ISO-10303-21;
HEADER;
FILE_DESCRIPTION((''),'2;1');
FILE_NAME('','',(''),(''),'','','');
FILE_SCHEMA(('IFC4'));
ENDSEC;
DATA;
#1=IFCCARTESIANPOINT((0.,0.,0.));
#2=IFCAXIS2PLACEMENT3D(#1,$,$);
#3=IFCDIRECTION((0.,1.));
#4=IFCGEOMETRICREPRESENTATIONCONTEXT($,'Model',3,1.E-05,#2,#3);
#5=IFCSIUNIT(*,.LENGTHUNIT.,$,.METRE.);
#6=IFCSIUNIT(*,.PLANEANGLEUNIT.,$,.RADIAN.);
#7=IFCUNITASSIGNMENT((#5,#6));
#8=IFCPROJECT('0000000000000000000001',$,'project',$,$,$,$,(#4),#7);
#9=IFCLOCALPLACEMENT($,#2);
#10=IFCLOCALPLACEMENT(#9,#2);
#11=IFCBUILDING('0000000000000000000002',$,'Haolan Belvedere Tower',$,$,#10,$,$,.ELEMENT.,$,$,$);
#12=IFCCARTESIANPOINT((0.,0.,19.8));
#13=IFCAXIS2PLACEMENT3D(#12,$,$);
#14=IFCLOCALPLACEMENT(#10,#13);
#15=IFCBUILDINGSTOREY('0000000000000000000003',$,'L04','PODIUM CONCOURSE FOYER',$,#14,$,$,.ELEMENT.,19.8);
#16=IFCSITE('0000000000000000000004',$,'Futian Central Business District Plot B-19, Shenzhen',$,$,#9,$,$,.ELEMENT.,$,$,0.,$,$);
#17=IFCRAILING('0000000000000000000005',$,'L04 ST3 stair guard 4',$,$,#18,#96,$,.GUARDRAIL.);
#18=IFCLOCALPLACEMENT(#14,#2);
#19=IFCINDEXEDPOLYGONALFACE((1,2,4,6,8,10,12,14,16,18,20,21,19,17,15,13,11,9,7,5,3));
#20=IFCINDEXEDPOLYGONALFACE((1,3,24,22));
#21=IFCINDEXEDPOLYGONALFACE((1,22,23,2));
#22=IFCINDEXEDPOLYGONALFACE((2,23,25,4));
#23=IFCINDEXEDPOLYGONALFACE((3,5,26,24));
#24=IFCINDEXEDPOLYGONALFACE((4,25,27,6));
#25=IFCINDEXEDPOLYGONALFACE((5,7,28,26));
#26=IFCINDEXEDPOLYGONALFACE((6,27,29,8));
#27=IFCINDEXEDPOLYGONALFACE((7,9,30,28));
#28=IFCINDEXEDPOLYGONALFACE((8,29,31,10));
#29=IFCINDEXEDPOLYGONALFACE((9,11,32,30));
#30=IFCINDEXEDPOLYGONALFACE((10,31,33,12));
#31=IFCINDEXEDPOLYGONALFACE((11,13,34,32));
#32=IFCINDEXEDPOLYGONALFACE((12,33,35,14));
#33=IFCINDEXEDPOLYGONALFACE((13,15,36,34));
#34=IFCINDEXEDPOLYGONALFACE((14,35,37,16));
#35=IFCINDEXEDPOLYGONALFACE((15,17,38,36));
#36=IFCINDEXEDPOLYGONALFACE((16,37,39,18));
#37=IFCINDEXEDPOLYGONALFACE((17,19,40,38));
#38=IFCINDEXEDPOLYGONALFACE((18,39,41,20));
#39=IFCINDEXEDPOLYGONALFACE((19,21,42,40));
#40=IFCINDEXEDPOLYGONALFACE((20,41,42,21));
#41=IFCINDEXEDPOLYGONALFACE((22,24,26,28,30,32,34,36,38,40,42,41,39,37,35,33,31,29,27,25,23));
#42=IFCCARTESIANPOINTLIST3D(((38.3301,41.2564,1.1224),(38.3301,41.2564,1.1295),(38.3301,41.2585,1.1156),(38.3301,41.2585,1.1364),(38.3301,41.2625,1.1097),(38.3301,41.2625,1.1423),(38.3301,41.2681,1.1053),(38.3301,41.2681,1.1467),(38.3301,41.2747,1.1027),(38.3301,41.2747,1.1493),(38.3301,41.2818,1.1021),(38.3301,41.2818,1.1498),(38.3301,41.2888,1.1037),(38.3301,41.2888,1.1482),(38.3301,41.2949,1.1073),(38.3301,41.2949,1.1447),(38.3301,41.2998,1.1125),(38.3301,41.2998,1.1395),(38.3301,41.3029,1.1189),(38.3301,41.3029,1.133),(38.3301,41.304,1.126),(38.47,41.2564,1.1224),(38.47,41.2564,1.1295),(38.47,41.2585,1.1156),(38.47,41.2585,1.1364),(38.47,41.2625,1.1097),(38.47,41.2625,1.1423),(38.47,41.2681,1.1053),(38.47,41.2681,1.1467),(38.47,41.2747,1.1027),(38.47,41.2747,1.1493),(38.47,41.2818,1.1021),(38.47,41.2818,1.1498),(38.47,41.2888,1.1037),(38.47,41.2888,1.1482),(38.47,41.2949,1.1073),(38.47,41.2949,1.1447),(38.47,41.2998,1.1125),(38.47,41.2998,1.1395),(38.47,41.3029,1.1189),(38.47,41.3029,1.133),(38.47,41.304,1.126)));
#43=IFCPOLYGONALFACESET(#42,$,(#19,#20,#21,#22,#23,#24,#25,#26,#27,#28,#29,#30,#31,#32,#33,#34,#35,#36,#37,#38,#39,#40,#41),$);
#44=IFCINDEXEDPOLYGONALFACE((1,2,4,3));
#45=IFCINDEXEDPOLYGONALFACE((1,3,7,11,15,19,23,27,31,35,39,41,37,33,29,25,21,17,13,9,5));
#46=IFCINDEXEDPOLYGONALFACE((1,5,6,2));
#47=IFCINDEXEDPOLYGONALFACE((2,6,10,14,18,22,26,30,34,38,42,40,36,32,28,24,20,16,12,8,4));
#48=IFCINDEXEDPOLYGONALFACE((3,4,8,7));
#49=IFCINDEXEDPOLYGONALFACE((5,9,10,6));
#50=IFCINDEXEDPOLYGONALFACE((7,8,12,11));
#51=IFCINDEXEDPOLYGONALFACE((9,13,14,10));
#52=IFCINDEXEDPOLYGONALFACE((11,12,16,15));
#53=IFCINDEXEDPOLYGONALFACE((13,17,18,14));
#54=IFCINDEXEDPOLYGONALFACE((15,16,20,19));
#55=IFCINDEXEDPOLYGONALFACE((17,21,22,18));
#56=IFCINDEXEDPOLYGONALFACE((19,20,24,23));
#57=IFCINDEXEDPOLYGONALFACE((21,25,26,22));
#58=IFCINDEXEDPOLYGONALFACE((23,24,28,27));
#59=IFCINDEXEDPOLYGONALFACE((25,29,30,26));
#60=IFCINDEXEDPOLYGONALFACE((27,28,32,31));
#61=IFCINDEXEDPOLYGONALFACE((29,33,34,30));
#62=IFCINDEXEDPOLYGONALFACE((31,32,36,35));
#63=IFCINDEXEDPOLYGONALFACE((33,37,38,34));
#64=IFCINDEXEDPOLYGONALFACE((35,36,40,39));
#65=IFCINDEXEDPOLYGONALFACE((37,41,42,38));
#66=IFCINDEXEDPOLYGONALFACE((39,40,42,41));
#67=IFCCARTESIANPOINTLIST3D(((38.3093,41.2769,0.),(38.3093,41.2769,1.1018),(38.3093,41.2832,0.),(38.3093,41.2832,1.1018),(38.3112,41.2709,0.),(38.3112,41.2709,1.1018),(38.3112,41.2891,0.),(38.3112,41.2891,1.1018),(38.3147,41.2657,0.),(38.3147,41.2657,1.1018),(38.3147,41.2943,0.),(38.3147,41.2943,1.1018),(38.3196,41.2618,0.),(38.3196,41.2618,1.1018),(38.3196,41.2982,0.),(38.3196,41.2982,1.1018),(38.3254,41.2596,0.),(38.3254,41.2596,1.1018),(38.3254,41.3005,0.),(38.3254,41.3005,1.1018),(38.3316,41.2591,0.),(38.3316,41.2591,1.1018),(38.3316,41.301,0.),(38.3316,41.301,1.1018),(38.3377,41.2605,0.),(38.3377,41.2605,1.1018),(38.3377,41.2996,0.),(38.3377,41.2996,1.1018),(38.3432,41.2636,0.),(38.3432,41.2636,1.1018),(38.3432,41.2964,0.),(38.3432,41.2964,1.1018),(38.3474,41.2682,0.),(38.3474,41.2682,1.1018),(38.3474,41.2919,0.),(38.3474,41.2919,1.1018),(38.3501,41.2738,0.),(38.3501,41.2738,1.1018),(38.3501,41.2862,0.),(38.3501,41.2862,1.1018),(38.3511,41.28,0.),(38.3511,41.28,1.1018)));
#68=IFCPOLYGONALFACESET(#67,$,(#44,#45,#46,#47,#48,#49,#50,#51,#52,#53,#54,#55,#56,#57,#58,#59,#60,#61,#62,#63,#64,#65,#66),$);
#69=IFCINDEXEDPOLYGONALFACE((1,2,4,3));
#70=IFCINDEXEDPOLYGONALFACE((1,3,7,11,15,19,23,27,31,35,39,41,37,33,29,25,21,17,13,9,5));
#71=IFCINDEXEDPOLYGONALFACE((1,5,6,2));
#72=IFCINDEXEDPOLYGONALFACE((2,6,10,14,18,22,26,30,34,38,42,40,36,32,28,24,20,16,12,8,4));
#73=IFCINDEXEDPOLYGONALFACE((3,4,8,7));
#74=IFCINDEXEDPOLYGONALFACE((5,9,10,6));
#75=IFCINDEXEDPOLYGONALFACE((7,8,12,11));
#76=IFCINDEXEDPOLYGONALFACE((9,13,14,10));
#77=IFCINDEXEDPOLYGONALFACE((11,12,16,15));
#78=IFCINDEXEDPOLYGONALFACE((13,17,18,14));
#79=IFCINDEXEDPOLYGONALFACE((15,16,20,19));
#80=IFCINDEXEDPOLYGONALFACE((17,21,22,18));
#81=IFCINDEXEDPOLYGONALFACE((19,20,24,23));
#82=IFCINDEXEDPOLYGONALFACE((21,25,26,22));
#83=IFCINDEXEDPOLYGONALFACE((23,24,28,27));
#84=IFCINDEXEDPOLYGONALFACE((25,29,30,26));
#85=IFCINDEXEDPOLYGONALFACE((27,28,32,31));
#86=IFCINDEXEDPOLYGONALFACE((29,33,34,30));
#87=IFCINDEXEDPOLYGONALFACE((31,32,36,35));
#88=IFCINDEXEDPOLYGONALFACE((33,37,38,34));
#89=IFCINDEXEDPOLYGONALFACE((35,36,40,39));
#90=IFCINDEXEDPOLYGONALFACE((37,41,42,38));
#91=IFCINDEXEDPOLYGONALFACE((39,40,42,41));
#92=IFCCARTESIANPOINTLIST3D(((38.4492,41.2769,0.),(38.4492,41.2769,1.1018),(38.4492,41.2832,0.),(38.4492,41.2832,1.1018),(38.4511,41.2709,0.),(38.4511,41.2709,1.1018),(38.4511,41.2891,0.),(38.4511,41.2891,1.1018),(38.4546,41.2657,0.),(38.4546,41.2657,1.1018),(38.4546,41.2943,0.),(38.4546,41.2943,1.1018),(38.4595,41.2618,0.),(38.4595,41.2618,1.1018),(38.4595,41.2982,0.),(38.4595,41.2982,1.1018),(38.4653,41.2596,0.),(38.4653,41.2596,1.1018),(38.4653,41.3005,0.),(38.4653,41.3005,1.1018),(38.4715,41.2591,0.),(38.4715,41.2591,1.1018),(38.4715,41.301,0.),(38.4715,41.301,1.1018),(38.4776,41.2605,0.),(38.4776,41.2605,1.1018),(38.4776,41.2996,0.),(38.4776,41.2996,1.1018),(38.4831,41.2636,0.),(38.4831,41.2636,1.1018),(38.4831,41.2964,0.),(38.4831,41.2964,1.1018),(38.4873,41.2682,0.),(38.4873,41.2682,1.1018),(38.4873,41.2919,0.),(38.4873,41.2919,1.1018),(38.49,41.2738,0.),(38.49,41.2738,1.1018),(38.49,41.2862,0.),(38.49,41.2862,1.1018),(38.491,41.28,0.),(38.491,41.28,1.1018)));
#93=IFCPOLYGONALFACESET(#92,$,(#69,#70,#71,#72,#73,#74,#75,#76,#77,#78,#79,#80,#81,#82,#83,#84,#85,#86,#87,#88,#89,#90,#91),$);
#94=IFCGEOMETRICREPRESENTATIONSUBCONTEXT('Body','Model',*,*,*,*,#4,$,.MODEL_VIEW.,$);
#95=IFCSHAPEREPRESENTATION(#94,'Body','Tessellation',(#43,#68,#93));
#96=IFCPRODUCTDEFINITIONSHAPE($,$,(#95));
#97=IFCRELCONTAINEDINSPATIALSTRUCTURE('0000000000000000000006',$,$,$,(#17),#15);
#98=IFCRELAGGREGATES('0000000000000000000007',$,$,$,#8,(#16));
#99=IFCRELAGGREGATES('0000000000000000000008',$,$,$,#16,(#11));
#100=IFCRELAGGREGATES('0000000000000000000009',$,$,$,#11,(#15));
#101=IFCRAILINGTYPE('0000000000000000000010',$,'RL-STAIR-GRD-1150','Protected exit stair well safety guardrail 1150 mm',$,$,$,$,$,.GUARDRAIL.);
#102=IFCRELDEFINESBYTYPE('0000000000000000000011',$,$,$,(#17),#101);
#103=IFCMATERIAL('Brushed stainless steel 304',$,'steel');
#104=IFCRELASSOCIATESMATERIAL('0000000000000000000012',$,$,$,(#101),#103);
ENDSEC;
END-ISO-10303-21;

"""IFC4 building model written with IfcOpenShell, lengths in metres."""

from ifc_helpers import new_model, si_unit, direction, frame, origin, origin_2d, place, context, subcontext, project, spatial, circle, extrude, material, type_object, element, save


model = new_model("IFC4")

# Units and contexts
model_context = context("Model", 3, precision=1e-05, world=origin(), true_north=direction((0.0, 1.0)))
body_context = subcontext(model_context, "Body", "Model", "MODEL_VIEW")
ifc_project = project(units=[si_unit("LENGTHUNIT", "METRE"), si_unit("PLANEANGLEUNIT", "RADIAN")], contexts=[model_context])

# Site, building, storey
site_placement = place(None, origin())
site = spatial("IfcSite", under=ifc_project, at=site_placement, Name="Futian Central Business District Plot B-19, Shenzhen", CompositionType="ELEMENT", RefElevation=0.0)
building_placement = place(site_placement, origin())
building = spatial("IfcBuilding", under=site, at=building_placement, Name="Haolan Belvedere Tower", CompositionType="ELEMENT")
storey_placement = place(building_placement, frame((0.0, 0.0, 19.8)))
storey = spatial("IfcBuildingStorey", under=building, at=storey_placement, Name="L04", Description="PODIUM CONCOURSE FOYER", CompositionType="ELEMENT", Elevation=19.8)

# Railing
ifc_material_1 = material(Name="Brushed stainless steel 304", Category="steel")
railing_type_1 = type_object("IfcRailingType", Name="RL-STAIR-GRD-1150", Description="Protected exit stair well safety guardrail 1150 mm", PredefinedType="GUARDRAIL", material=ifc_material_1)
railing_1_placement = place(storey_placement, frame((38.3301, 41.28, 0.0)))
element("IfcRailing", 1, at=railing_1_placement, inside=storey, type_object=railing_type_1, Name="L04 ST3 stair guard 4", PredefinedType="GUARDRAIL", context=body_context, shape_type="SweptSolid", body=[
    extrude(circle(Radius=0.0239, at=origin_2d()), frame((0.0, 0.0, 1.126), z_axis=(1.0, 0.0, 0.0), x_axis=(0.0, 1.0, 0.0)), (0.0, 0.0, 1.0), 0.1399),
    extrude(circle(Radius=0.021, at=origin_2d()), origin(), (0.0, 0.0, 1.0), 1.1018),
    extrude(circle(Radius=0.021, at=origin_2d()), frame((0.1399, 0.0, 0.0)), (0.0, 0.0, 1.0), 1.1018),
])

save(model, "model.ifc")
